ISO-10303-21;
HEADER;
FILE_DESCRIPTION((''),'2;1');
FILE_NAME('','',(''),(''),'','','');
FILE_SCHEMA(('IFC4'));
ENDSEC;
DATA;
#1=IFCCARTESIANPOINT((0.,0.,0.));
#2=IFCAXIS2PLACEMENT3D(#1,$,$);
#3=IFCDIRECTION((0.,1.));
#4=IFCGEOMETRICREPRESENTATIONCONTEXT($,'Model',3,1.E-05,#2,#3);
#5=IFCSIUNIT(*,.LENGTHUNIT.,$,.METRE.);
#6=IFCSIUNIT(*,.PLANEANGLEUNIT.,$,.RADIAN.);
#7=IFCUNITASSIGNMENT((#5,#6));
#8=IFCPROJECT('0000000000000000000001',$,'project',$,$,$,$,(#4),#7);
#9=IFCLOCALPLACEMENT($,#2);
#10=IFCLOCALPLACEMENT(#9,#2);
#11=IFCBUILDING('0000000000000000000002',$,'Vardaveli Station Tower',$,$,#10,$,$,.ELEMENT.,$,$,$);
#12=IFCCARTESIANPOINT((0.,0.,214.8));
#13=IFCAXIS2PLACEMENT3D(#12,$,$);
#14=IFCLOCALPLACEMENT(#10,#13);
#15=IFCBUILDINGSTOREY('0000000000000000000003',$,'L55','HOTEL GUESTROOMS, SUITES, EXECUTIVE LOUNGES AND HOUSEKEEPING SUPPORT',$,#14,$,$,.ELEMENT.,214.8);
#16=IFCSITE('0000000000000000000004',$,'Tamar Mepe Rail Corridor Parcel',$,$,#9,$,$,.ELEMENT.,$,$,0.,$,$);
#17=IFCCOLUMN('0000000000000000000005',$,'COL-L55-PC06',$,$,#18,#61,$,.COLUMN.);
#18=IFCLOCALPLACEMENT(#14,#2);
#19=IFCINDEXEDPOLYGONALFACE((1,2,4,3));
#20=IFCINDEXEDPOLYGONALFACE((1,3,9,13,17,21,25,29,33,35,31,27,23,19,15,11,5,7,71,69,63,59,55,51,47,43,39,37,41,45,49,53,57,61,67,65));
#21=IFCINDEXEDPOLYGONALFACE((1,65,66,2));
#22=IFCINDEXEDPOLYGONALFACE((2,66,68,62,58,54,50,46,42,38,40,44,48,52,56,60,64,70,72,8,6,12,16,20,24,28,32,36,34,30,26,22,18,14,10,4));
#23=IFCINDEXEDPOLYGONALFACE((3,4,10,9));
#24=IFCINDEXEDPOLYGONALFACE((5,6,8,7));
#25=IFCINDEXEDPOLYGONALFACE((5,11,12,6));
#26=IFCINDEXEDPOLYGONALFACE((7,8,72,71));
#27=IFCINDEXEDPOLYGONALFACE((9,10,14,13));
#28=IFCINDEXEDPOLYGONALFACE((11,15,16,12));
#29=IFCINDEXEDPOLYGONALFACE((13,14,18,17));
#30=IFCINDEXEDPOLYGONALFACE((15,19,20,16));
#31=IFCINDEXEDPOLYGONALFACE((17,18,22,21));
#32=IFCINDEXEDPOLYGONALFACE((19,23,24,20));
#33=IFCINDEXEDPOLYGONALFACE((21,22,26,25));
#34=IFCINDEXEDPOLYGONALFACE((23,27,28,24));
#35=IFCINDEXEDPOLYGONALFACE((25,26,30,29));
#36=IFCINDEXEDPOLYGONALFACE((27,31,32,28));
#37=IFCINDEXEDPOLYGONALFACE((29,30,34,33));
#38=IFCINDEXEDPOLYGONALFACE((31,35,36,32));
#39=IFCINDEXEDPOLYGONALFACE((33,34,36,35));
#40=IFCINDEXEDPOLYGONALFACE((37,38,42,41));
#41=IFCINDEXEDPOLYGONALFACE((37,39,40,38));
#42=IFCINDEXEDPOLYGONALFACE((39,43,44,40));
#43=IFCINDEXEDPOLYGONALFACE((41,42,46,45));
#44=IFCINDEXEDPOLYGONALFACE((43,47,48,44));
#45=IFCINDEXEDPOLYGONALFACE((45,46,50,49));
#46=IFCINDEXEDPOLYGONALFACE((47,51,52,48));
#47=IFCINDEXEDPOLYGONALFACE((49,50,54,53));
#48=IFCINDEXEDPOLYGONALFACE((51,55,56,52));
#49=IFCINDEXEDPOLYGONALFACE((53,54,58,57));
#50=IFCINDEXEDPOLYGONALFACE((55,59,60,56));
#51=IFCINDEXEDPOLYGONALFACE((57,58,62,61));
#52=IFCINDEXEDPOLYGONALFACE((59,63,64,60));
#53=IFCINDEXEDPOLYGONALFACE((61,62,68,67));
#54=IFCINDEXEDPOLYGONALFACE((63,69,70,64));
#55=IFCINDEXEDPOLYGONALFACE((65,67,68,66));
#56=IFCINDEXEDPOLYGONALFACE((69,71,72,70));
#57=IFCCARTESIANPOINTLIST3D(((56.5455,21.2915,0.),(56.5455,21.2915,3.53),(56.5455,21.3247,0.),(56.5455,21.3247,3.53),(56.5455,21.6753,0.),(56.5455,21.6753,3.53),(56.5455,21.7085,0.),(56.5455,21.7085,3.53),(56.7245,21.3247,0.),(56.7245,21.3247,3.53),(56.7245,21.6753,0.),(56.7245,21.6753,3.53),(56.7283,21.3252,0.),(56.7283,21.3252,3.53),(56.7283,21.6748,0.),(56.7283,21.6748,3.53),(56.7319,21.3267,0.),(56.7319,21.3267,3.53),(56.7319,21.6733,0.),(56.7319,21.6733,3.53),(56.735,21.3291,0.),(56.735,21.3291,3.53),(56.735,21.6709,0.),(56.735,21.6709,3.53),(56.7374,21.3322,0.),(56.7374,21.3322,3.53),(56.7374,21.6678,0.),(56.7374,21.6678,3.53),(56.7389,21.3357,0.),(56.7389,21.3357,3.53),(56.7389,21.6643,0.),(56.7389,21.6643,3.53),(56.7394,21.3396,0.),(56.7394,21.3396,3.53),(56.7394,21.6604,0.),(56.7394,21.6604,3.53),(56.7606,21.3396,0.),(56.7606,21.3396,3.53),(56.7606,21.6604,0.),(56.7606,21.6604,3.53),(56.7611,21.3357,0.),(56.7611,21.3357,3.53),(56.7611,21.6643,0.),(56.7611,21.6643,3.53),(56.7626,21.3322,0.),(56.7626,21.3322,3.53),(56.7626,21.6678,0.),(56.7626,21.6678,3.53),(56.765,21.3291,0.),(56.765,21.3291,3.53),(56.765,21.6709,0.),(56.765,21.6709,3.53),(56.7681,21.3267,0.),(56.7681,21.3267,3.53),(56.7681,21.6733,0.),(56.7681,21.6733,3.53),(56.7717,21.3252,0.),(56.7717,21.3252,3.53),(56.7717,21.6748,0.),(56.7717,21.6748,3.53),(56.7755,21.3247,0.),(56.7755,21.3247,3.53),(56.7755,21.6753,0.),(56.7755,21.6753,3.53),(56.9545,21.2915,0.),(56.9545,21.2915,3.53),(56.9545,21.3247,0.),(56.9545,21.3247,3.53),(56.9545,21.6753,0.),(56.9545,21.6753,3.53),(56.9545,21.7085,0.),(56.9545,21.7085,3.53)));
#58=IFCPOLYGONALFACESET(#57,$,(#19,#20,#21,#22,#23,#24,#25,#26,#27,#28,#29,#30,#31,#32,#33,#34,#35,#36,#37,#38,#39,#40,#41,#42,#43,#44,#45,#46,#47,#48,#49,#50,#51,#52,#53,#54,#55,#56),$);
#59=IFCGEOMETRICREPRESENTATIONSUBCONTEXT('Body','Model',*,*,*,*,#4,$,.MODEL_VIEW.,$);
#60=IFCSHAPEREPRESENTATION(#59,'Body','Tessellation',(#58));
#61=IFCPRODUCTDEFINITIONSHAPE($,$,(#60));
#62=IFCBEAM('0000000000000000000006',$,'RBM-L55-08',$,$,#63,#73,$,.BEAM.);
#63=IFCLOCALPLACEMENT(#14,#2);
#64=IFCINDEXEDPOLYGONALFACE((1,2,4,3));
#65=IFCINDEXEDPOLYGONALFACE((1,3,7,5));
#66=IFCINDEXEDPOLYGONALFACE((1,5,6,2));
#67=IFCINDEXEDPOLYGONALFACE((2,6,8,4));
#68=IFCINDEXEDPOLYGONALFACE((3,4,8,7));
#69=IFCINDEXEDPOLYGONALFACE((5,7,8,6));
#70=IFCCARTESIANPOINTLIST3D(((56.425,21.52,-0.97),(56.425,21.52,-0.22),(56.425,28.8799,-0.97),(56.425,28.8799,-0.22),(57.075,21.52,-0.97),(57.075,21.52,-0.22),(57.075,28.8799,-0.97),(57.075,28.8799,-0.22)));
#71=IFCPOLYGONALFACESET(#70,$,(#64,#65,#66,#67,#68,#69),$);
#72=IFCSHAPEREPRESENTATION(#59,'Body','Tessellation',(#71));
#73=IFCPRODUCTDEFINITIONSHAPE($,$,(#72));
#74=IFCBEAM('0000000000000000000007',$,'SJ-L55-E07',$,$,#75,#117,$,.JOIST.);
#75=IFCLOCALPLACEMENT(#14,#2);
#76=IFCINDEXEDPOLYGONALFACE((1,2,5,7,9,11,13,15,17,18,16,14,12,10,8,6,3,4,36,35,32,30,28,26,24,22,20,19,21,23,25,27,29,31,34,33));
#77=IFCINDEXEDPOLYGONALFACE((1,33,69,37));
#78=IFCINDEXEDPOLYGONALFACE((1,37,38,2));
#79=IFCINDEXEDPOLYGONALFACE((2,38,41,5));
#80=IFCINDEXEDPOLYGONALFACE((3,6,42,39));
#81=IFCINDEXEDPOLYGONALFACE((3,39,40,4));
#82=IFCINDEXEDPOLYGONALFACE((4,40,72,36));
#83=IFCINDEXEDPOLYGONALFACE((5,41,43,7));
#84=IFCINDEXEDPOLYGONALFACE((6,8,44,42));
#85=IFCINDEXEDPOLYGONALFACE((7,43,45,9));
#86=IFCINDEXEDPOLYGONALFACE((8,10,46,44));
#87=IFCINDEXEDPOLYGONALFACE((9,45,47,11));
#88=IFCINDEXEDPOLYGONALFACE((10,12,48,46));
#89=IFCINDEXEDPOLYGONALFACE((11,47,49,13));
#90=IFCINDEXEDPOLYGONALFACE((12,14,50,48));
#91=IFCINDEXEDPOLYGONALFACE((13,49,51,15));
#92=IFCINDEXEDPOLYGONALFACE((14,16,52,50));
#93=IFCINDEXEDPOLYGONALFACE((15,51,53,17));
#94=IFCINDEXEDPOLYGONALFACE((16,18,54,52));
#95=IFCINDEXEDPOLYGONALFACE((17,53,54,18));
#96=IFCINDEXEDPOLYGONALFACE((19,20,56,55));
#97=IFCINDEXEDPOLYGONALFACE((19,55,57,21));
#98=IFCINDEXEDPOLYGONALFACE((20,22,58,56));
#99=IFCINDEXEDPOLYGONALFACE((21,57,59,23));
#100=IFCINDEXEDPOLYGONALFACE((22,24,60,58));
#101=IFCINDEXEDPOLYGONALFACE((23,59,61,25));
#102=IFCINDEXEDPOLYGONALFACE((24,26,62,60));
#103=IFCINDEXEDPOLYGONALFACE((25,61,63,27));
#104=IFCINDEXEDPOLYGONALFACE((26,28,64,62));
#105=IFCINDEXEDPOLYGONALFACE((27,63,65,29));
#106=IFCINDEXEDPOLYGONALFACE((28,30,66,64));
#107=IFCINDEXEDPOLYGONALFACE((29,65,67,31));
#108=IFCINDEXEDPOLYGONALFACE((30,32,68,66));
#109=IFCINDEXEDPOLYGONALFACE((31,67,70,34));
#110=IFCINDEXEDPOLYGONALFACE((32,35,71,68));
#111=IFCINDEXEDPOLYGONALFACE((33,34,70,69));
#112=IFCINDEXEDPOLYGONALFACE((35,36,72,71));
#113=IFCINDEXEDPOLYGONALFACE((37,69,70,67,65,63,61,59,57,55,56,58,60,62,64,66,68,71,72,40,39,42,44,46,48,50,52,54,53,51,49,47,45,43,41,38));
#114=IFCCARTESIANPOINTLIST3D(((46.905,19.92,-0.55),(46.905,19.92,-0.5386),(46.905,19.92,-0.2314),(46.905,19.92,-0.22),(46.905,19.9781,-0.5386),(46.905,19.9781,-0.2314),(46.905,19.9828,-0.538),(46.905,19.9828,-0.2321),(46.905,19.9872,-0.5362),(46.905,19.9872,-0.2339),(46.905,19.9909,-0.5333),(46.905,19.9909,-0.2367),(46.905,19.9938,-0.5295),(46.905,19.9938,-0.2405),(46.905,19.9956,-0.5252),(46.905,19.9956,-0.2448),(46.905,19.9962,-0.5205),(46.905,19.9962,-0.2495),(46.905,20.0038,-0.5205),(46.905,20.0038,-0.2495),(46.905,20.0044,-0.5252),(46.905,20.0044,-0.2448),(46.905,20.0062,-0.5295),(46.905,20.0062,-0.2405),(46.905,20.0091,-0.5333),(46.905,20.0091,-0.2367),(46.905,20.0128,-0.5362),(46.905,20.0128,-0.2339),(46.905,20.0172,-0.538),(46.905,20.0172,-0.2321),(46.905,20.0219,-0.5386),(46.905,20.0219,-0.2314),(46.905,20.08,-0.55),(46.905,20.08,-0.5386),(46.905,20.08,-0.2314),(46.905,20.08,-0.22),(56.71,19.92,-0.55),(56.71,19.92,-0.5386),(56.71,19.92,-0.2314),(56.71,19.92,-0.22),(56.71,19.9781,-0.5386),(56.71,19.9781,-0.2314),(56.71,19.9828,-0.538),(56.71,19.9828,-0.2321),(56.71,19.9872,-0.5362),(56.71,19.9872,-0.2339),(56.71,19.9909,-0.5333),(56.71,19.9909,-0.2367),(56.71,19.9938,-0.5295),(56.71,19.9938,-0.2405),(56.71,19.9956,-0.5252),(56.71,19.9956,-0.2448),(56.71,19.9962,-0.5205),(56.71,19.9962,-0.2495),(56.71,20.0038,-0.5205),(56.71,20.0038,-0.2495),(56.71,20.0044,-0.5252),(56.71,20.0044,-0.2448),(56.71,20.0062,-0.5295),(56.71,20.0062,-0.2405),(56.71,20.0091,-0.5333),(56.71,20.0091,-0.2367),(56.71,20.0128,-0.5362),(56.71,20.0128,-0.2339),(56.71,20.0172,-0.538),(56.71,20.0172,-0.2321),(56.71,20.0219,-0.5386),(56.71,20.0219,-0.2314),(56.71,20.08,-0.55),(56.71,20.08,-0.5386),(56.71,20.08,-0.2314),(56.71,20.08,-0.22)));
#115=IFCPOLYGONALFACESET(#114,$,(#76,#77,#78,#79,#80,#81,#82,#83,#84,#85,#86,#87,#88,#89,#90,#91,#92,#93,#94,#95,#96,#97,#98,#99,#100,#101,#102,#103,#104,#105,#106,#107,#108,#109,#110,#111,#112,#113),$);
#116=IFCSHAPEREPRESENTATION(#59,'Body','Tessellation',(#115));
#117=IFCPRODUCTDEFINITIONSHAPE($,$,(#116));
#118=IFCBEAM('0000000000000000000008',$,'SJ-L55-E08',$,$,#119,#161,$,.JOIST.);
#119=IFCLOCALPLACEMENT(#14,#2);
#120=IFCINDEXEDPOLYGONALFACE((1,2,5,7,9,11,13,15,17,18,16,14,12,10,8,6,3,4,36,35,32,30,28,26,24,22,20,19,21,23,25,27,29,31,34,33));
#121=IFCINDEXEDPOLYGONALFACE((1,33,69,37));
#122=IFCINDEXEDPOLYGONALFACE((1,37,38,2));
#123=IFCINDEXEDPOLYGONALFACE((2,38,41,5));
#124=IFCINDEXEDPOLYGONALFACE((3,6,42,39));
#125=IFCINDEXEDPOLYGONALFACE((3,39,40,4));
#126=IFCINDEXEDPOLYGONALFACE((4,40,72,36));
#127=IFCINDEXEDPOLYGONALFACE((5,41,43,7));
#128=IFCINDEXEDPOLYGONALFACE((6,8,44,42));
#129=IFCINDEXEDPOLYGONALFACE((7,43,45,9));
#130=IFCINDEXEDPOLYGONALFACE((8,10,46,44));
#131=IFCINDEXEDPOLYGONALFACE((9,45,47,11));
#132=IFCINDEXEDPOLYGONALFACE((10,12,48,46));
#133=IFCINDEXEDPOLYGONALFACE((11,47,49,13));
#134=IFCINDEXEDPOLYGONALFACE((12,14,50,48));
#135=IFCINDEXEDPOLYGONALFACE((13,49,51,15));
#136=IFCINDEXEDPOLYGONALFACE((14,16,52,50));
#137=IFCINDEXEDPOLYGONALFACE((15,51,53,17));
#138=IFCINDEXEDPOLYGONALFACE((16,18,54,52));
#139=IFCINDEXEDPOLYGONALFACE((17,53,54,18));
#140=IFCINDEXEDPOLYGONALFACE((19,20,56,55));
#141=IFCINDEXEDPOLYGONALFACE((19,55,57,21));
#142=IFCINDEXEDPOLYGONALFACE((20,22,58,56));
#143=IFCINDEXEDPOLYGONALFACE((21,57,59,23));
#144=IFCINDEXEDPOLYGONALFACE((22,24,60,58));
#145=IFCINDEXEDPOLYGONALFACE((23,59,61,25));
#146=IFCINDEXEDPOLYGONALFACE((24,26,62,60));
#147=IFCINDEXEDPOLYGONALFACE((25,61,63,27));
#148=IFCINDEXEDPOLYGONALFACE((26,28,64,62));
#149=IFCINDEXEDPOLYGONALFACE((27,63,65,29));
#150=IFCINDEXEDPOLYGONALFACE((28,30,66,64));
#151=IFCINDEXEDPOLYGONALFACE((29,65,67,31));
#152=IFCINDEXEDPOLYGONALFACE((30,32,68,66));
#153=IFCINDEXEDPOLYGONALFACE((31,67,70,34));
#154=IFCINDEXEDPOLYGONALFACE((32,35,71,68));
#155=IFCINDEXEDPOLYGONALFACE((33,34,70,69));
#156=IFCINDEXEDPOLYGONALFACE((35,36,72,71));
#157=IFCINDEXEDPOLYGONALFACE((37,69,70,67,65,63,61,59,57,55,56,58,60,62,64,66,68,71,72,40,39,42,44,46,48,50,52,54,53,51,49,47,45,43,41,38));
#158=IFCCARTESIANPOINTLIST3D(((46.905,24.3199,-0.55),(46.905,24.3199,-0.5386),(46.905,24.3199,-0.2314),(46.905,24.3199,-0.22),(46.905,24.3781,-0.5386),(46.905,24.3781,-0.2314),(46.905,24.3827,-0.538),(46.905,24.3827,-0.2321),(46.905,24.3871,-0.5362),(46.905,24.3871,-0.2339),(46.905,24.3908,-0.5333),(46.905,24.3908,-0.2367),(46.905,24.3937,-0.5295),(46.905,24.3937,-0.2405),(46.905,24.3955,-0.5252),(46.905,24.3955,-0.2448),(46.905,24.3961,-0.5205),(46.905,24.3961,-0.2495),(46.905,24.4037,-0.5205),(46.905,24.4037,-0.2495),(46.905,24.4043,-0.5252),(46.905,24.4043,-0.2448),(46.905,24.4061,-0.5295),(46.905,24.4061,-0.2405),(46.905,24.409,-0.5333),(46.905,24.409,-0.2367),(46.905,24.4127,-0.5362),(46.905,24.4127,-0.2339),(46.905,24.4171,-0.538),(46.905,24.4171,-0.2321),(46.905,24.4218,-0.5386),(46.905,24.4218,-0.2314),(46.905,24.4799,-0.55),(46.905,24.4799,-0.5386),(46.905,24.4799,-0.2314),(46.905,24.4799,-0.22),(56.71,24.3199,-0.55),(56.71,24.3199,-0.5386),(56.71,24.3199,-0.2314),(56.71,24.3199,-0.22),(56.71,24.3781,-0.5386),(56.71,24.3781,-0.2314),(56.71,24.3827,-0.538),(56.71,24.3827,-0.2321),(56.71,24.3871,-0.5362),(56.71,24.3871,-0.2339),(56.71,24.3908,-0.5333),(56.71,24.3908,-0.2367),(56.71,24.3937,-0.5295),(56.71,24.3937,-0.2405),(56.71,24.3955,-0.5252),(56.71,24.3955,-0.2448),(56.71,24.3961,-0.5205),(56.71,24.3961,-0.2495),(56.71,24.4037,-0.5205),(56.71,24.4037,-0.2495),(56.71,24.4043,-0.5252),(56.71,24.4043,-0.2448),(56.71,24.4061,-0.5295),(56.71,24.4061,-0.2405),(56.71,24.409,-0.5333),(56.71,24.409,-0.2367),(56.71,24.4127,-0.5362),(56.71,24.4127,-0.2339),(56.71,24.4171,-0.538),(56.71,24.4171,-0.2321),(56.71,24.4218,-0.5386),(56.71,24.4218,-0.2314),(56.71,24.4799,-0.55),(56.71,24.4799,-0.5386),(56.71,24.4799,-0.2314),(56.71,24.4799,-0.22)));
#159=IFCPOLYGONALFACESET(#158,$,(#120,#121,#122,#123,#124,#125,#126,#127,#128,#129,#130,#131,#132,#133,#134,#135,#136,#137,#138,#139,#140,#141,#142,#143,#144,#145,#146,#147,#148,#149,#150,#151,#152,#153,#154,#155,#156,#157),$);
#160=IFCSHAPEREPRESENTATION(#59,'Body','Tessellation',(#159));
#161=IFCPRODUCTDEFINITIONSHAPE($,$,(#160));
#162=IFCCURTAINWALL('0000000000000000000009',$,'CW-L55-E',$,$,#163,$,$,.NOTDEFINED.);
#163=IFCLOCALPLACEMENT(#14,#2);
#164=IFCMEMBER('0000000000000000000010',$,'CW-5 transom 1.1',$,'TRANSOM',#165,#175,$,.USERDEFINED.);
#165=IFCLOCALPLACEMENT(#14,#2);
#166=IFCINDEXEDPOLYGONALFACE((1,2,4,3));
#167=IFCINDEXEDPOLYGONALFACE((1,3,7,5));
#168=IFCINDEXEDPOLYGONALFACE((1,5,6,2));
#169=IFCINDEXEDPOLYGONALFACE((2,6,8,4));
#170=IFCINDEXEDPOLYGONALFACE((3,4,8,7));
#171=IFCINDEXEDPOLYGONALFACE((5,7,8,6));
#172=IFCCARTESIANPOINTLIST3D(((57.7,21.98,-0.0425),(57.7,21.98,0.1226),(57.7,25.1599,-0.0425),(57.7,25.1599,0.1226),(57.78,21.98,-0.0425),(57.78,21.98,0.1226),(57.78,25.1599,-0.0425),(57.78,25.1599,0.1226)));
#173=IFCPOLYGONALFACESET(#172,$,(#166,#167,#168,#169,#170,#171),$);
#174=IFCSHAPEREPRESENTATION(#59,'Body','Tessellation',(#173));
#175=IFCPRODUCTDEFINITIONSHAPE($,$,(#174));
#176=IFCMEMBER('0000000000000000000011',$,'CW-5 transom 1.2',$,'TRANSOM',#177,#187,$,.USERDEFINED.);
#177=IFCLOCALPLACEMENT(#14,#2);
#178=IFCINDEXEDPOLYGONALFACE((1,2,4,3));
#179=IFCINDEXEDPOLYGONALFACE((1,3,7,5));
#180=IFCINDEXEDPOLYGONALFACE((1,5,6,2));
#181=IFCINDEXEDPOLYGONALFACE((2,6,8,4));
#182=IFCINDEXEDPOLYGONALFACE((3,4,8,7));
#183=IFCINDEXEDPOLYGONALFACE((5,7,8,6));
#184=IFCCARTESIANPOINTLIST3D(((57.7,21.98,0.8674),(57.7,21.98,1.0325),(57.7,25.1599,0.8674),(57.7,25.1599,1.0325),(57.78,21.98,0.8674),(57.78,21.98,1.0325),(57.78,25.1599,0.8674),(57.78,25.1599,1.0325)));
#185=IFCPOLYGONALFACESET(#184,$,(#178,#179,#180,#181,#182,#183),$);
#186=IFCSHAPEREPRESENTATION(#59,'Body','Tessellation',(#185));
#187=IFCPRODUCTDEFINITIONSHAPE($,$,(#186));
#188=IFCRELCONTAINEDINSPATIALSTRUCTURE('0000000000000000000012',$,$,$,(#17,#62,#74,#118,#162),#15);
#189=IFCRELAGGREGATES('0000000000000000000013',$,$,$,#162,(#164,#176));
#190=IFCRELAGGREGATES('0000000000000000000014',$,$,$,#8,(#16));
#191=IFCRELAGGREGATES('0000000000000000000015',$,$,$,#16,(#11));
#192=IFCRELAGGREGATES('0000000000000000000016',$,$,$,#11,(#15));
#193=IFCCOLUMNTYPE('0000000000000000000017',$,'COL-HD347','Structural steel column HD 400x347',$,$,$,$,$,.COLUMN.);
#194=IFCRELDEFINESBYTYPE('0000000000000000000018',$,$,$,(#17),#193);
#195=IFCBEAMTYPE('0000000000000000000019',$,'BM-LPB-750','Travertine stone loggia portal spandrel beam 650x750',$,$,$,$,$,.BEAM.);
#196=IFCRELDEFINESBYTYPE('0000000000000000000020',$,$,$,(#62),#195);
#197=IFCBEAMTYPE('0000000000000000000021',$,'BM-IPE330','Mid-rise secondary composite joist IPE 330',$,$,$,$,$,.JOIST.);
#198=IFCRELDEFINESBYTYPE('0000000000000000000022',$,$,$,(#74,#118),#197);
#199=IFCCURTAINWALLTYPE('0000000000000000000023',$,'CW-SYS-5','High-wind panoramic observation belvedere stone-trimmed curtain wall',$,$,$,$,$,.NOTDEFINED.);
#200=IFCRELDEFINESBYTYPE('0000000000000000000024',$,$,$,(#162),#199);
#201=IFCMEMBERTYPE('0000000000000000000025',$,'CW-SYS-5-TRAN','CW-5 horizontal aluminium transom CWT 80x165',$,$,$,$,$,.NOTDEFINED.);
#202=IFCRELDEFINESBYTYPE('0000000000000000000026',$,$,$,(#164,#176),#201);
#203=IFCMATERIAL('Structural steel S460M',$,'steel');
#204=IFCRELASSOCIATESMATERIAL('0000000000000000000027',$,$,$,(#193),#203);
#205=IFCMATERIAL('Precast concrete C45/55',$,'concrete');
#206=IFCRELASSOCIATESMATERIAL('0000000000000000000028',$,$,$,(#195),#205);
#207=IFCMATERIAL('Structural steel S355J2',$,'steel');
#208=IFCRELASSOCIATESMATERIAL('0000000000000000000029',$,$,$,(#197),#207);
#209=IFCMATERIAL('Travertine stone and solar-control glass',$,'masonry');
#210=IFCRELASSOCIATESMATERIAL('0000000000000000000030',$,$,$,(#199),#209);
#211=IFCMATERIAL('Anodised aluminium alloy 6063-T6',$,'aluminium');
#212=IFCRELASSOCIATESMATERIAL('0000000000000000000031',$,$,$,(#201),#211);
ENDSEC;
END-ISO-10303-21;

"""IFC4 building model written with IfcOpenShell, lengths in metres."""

from ifc_helpers import new_model, si_unit, direction, frame, origin, origin_2d, place, context, subcontext, project, spatial, rectangle, i_section, extrude, source, transform, mapped, material, material_profile, profile_set, type_object, element, aggregate, save


model = new_model("IFC4")

# Units and contexts
model_context = context("Model", 3, precision=1e-05, world=origin(), true_north=direction((0.0, 1.0)))
body_context = subcontext(model_context, "Body", "Model", "MODEL_VIEW")
ifc_project = project(units=[si_unit("LENGTHUNIT", "METRE"), si_unit("PLANEANGLEUNIT", "RADIAN")], contexts=[model_context])

# Site, building, storey
site_placement = place(None, origin())
site = spatial("IfcSite", under=ifc_project, at=site_placement, Name="Tamar Mepe Rail Corridor Parcel", CompositionType="ELEMENT", RefElevation=0.0)
building_placement = place(site_placement, origin())
building = spatial("IfcBuilding", under=site, at=building_placement, Name="Vardaveli Station Tower", CompositionType="ELEMENT")
storey_placement = place(building_placement, frame((0.0, 0.0, 214.8)))
storey = spatial("IfcBuildingStorey", under=building, at=storey_placement, Name="L55", Description="HOTEL GUESTROOMS, SUITES, EXECUTIVE LOUNGES AND HOUSEKEEPING SUPPORT", CompositionType="ELEMENT", Elevation=214.8)

# Column
ifc_material_1 = material(Name="Structural steel S460M", Category="steel")
ifc_material_profile_1 = material_profile(ifc_material_1, i_section(OverallWidth=0.4089, OverallDepth=0.417, WebThickness=0.0212, FlangeThickness=0.0332, FilletRadius=0.0149, at=origin_2d()), Name="HD 400x347")
ifc_profile_set_1 = profile_set([ifc_material_profile_1], Name="Structural steel S460M")
column_type = type_object("IfcColumnType", Name="COL-HD347", Description="Structural steel column HD 400x347", PredefinedType="COLUMN", material=ifc_profile_set_1)
shared_shape_1 = source(origin(), body_context, "Body", "SweptSolid", [
    extrude(i_section(OverallWidth=0.4089, OverallDepth=0.417, WebThickness=0.0212, FlangeThickness=0.0332, FilletRadius=0.0149, at=origin_2d()), origin(), (0.0, 0.0, 1.0), 3.53),
])
column_placement = place(storey_placement, frame((56.75, 21.5, 0.0), z_axis=(0.0, 0.0, 1.0), x_axis=(1.0, 0.0, 0.0)))
element("IfcColumn", 1, at=column_placement, inside=storey, type_object=column_type, Name="COL-L55-PC06", PredefinedType="COLUMN", context=body_context, shape_type="MappedRepresentation", body=[
    mapped(shared_shape_1, transform((0.0, 0.0, 0.0), scale=1.0)),
])

# Beams
ifc_material_2 = material(Name="Precast concrete C45/55", Category="concrete")
ifc_material_profile_2 = material_profile(ifc_material_2, rectangle(XDim=0.6499, YDim=0.75, at=origin_2d()), Name="LPB 650x750")
ifc_profile_set_2 = profile_set([ifc_material_profile_2], Name="Precast concrete C45/55")
beam_type_1 = type_object("IfcBeamType", Name="BM-LPB-750", Description="Travertine stone loggia portal spandrel beam 650x750", PredefinedType="BEAM", material=ifc_profile_set_2)
shared_shape_2 = source(origin(), body_context, "Body", "SweptSolid", [
    extrude(rectangle(XDim=0.6499, YDim=0.75, at=origin_2d()), origin(), (0.0, 0.0, 1.0), 7.3599),
])
beam_placement = place(storey_placement, frame((56.75, 21.52, -0.595), z_axis=(0.0, 1.0, 0.0), x_axis=(-1.0, 0.0, 0.0)))
element("IfcBeam", 2, at=beam_placement, inside=storey, type_object=beam_type_1, Name="RBM-L55-08", PredefinedType="BEAM", context=body_context, shape_type="MappedRepresentation", body=[
    mapped(shared_shape_2, transform((0.0, 0.0, 0.0), scale=1.0)),
])
ifc_material_3 = material(Name="Structural steel S355J2", Category="steel")
ifc_material_profile_3 = material_profile(ifc_material_3, i_section(OverallWidth=0.1599, OverallDepth=0.3301, WebThickness=0.0076, FlangeThickness=0.0115, FilletRadius=0.0181, at=origin_2d()), Name="IPE 330")
ifc_profile_set_3 = profile_set([ifc_material_profile_3], Name="Structural steel S355J2")
beam_type_2 = type_object("IfcBeamType", Name="BM-IPE330", Description="Mid-rise secondary composite joist IPE 330", PredefinedType="JOIST", material=ifc_profile_set_3)
shared_shape_3 = source(origin(), body_context, "Body", "SweptSolid", [
    extrude(i_section(OverallWidth=0.1599, OverallDepth=0.3301, WebThickness=0.0076, FlangeThickness=0.0115, FilletRadius=0.0181, at=origin_2d()), origin(), (0.0, 0.0, 1.0), 9.8049),
])
for number, where, z_axis, x_axis, name in (
    (3, (46.905, 20.0, -0.385), (1.0, 0.0, 0.0), (0.0, 1.0, 0.0), "SJ-L55-E07"),
    (4, (46.905, 24.3999, -0.385), (1.0, 0.0, 0.0), (0.0, 1.0, 0.0), "SJ-L55-E08"),
):
    element("IfcBeam", number, at=place(storey_placement, frame(where, z_axis=z_axis, x_axis=x_axis)), inside=storey, type_object=beam_type_2, Name=name, PredefinedType="JOIST", context=body_context, shape_type="MappedRepresentation", body=[
        mapped(shared_shape_3, transform((0.0, 0.0, 0.0), scale=1.0)),
    ])

# Curtain wall, members
ifc_material_4 = material(Name="Travertine stone and solar-control glass", Category="masonry")
curtain_wall_type = type_object("IfcCurtainWallType", Name="CW-SYS-5", Description="High-wind panoramic observation belvedere stone-trimmed curtain wall", PredefinedType="NOTDEFINED", material=ifc_material_4)
curtain_wall_placement = place(storey_placement, origin())
curtain_wall = element("IfcCurtainWall", 5, at=curtain_wall_placement, inside=storey, type_object=curtain_wall_type, Name="CW-L55-E", PredefinedType="NOTDEFINED")
ifc_material_5 = material(Name="Anodised aluminium alloy 6063-T6", Category="aluminium")
ifc_material_profile_4 = material_profile(ifc_material_5, rectangle(XDim=0.0801, YDim=0.165, at=origin_2d()), Name="CWT 80x165")
ifc_profile_set_4 = profile_set([ifc_material_profile_4], Name="Anodised aluminium alloy 6063-T6")
member_type_1 = type_object("IfcMemberType", Name="CW-SYS-5-TRAN", Description="CW-5 horizontal aluminium transom CWT 80x165", PredefinedType="NOTDEFINED", material=ifc_profile_set_4)
shared_shape_4 = source(origin(), body_context, "Body", "SweptSolid", [
    extrude(rectangle(XDim=0.0801, YDim=0.165, at=origin_2d()), origin(), (0.0, 0.0, 1.0), 3.1799),
])
member_1_placement = place(storey_placement, frame((57.74, 21.98, 0.04), z_axis=(0.0, 1.0, 0.0), x_axis=(-1.0, 0.0, 0.0)))
member_1 = element("IfcMember", 6, at=member_1_placement, type_object=member_type_1, Name="CW-5 transom 1.1", ObjectType="TRANSOM", PredefinedType="USERDEFINED", context=body_context, shape_type="MappedRepresentation", body=[
    mapped(shared_shape_4, transform((0.0, 0.0, 0.0), scale=1.0)),
])
member_2_placement = place(storey_placement, frame((57.74, 21.98, 0.95), z_axis=(0.0, 1.0, 0.0), x_axis=(-1.0, 0.0, 0.0)))
member_2 = element("IfcMember", 7, at=member_2_placement, type_object=member_type_1, Name="CW-5 transom 1.2", ObjectType="TRANSOM", PredefinedType="USERDEFINED", context=body_context, shape_type="MappedRepresentation", body=[
    mapped(shared_shape_4, transform((0.0, 0.0, 0.0), scale=1.0)),
])
aggregate(curtain_wall, [member_1, member_2])

save(model, "model.ifc")
